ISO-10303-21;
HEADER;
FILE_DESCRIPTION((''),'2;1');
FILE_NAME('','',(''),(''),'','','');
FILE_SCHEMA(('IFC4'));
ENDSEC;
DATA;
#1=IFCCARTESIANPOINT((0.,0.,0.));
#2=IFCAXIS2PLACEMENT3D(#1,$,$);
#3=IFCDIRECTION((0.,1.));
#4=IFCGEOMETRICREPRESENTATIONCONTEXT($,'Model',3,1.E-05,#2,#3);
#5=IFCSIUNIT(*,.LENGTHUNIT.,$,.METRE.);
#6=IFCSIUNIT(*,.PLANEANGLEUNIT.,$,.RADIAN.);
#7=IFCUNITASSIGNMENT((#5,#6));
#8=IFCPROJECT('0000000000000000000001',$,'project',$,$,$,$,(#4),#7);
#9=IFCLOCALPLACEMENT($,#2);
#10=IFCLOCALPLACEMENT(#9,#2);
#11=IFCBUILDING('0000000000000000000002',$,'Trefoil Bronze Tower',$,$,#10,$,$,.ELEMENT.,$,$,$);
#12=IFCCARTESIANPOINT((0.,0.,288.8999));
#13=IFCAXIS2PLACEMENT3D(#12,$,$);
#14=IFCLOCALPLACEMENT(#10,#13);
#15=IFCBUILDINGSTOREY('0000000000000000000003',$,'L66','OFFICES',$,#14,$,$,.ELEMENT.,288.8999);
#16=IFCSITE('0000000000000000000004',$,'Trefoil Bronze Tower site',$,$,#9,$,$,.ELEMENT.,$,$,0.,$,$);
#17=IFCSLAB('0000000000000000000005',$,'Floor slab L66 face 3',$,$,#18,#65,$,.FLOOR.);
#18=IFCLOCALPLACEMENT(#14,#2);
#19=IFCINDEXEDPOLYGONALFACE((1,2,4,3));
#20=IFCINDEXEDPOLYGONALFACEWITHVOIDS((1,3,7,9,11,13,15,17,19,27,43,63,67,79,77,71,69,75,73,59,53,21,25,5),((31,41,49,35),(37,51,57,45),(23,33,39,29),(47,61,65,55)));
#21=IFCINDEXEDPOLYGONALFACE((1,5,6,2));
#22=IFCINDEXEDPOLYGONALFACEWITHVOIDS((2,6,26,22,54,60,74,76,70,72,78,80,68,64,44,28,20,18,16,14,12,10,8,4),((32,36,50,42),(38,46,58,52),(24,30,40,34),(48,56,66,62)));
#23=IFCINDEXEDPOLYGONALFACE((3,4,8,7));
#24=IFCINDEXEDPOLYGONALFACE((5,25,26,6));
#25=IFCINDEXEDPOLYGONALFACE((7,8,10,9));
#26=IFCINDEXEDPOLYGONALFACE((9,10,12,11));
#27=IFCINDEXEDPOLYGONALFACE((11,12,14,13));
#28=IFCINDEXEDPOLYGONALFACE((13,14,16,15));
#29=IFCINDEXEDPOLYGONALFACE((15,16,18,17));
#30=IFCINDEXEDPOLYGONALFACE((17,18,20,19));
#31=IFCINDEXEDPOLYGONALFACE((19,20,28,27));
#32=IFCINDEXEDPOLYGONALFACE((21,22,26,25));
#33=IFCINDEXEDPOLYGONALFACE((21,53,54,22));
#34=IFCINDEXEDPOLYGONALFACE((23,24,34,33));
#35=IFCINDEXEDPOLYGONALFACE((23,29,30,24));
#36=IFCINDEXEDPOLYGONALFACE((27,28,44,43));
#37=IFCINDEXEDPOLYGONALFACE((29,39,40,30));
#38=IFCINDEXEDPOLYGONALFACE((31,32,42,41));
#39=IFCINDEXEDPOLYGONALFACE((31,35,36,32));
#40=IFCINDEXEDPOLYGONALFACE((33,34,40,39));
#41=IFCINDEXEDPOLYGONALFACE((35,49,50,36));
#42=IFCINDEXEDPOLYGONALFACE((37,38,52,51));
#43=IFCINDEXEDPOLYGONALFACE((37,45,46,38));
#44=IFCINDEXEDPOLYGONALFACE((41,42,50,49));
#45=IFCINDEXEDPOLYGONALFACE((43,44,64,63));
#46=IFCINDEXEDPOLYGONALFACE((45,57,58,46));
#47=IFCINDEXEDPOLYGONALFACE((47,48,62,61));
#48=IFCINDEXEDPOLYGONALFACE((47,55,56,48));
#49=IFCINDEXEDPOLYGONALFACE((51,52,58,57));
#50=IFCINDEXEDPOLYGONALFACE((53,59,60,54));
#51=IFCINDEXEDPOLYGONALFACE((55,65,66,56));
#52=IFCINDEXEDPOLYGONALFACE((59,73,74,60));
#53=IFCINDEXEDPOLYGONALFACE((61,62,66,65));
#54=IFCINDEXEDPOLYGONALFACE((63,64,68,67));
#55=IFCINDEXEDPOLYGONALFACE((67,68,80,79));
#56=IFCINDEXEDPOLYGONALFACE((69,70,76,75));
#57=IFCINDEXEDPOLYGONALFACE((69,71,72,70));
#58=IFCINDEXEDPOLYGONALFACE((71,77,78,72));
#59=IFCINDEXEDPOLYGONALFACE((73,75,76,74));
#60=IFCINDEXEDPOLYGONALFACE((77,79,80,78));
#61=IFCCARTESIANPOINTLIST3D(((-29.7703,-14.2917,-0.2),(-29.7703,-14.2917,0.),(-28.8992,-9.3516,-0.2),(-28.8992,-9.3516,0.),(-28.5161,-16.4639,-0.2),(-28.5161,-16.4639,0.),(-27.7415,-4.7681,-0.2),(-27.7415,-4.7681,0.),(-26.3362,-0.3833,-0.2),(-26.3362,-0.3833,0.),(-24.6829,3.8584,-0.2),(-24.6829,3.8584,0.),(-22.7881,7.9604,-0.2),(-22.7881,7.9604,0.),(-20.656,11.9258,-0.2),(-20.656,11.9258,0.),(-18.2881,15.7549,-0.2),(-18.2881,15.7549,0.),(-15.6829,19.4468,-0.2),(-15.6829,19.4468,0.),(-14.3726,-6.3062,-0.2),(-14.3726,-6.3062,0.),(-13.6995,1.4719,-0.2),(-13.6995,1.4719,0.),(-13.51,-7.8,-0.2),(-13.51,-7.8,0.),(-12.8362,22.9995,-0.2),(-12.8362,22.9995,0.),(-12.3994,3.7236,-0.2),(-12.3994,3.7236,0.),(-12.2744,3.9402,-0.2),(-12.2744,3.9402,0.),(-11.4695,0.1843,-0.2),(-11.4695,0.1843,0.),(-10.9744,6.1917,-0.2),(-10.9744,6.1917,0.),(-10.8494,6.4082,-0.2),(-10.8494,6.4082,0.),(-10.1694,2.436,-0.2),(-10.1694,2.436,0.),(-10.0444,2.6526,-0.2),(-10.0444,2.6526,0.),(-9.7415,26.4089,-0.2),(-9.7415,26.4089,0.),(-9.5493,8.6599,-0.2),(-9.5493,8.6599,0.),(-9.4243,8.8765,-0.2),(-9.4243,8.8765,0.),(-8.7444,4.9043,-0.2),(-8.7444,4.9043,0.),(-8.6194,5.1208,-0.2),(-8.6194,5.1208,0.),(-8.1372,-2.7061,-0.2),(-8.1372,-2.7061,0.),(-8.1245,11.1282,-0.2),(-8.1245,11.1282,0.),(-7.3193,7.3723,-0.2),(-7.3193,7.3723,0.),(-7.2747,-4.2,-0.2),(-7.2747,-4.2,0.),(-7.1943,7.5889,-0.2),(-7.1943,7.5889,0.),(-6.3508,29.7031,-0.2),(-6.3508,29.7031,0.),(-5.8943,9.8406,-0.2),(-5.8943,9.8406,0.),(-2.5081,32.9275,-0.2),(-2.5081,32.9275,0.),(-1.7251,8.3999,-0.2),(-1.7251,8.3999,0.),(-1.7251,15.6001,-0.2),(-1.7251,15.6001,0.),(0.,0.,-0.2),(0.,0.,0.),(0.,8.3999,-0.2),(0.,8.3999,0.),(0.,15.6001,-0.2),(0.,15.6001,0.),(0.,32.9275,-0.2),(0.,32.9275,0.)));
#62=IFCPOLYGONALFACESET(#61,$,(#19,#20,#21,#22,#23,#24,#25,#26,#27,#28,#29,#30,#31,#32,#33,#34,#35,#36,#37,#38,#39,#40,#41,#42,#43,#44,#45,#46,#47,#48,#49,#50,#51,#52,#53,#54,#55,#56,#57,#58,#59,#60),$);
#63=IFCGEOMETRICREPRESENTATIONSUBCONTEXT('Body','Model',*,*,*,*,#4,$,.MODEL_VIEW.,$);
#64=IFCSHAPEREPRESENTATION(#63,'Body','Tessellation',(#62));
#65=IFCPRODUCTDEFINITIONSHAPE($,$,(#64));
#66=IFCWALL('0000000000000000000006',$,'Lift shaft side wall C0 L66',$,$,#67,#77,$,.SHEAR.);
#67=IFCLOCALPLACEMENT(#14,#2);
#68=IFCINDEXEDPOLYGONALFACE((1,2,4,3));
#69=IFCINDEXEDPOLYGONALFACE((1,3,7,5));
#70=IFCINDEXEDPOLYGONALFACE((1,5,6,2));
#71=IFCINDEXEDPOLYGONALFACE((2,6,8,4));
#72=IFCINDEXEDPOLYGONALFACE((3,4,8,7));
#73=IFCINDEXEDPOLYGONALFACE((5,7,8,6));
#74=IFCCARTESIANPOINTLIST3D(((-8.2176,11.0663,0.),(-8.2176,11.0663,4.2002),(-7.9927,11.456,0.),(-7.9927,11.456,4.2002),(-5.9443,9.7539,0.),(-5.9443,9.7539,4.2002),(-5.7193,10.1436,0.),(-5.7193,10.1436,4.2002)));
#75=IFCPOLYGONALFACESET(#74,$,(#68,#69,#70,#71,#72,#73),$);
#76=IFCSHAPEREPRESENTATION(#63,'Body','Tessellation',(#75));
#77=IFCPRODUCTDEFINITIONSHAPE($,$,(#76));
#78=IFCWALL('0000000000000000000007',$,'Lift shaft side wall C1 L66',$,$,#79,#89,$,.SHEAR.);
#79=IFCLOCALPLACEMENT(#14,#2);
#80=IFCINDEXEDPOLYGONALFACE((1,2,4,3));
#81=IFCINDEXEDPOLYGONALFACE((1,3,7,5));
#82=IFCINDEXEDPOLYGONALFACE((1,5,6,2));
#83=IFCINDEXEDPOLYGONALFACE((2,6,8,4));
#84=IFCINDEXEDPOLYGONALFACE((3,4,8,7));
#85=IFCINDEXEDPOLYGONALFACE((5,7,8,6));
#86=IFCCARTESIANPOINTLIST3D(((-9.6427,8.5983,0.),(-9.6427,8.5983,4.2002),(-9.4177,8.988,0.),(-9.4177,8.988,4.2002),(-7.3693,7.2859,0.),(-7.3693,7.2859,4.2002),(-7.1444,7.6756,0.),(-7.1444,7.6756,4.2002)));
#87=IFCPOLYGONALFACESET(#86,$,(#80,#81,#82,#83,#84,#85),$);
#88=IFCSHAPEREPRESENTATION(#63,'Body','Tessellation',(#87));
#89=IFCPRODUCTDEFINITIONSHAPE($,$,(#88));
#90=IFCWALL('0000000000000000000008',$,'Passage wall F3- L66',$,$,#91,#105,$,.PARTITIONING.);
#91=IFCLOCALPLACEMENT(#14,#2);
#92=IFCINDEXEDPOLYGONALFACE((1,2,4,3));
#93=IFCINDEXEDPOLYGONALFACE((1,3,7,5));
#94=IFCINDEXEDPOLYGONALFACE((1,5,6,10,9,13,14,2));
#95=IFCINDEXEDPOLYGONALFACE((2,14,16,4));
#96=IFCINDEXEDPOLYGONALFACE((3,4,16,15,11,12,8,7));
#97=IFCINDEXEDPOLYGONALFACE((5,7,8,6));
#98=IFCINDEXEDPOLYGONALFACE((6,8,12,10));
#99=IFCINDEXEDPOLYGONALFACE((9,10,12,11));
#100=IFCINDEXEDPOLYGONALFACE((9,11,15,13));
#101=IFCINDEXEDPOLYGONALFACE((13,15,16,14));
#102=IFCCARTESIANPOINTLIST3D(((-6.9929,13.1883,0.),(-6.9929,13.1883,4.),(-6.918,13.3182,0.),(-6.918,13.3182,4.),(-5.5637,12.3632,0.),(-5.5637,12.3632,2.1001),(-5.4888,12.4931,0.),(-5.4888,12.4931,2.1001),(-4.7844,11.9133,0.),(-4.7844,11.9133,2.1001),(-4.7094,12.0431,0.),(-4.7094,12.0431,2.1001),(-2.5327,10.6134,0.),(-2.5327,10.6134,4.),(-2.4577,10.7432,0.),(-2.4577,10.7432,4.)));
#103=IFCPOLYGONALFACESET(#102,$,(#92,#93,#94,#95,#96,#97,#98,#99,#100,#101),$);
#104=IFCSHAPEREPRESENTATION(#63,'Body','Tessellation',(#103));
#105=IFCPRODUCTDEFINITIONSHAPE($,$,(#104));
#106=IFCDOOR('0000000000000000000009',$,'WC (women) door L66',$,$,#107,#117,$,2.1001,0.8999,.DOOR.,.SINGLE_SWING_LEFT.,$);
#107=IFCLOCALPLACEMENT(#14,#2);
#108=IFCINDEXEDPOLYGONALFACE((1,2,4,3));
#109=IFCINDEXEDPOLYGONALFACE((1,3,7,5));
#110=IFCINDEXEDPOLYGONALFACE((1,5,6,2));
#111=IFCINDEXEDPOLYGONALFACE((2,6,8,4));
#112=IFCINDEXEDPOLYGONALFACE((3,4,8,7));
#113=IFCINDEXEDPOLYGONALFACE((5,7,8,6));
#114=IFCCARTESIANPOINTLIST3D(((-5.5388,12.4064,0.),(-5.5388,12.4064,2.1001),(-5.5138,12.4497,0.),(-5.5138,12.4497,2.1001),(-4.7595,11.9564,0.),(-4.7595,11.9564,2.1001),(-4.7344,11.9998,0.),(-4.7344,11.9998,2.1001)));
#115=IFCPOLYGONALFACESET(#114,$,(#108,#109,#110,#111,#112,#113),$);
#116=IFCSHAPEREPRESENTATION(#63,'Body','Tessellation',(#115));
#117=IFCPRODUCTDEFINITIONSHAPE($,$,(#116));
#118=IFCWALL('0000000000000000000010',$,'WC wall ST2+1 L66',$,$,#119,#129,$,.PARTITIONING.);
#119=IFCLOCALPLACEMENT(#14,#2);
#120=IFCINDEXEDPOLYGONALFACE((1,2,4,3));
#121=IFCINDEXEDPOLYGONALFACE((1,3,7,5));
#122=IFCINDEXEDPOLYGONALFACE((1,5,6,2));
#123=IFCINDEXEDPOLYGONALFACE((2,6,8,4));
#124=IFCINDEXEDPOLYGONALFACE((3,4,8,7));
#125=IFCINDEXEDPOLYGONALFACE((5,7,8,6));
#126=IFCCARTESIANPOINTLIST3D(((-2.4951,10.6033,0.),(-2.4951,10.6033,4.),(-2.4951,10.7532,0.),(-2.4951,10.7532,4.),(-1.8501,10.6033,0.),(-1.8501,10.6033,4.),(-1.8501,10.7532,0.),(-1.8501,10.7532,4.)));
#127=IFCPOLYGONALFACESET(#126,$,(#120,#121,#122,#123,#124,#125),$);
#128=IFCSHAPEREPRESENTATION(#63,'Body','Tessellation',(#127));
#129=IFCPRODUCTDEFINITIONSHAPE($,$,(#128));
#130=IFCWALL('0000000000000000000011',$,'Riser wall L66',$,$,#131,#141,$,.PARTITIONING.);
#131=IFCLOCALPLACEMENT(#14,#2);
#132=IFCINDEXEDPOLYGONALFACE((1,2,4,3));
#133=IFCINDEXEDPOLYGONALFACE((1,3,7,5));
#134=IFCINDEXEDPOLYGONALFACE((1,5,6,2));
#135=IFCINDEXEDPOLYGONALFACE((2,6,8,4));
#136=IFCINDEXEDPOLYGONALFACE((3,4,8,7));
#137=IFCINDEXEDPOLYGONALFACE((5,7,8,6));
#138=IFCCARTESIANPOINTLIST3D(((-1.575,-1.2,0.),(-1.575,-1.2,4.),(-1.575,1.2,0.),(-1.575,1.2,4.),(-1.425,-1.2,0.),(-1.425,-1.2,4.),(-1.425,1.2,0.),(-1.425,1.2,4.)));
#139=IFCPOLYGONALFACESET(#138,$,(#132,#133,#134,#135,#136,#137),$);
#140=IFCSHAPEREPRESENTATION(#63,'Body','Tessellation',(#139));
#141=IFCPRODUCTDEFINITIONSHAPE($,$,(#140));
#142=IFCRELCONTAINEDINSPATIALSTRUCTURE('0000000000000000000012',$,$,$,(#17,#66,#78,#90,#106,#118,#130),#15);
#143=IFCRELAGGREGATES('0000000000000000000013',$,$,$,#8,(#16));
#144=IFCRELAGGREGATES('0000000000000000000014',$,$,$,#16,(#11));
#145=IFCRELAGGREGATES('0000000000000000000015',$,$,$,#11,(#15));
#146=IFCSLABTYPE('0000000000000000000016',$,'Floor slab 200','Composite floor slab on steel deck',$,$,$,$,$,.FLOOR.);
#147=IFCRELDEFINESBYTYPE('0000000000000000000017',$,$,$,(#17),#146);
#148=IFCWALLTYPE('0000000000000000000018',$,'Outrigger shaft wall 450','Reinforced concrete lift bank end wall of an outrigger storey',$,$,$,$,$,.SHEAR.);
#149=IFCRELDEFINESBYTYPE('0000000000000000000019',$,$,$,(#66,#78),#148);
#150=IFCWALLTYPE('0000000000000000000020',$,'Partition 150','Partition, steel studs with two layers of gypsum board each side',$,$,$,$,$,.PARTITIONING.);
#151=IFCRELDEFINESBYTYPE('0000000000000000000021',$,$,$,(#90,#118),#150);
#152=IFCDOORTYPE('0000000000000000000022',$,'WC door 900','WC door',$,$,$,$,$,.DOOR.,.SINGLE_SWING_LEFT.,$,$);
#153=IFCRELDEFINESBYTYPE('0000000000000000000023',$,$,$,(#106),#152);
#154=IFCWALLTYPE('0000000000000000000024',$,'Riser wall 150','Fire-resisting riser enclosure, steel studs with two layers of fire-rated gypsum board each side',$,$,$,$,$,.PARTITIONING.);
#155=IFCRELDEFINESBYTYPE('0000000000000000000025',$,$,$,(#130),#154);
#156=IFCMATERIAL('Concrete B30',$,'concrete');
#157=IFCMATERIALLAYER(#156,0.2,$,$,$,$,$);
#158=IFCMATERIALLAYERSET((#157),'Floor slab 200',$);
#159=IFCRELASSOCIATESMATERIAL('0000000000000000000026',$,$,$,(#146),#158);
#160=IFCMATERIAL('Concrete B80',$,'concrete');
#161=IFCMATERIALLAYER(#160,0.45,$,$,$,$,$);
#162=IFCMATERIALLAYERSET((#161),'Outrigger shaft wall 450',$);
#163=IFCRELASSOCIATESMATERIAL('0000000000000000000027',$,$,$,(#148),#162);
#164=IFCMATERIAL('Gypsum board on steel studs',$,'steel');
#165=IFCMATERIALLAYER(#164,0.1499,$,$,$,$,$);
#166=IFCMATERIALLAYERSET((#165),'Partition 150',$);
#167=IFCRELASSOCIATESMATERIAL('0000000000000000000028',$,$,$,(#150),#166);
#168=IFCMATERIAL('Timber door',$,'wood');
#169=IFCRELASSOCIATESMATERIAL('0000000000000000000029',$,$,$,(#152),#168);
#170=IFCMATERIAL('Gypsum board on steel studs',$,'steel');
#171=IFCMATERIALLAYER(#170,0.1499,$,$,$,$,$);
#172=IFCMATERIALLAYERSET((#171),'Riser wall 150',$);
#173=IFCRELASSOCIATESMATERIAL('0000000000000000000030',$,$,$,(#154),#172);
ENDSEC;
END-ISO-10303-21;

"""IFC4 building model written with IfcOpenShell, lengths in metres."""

from ifc_helpers import new_model, si_unit, direction, frame, frame_2d, origin, place, context, subcontext, project, spatial, polyline, rectangle, outline, extrude, material, layer, layer_set, type_object, element, fill, save


model = new_model("IFC4")

# Units and contexts
model_context = context("Model", 3, precision=1e-05, world=origin(), true_north=direction((0.0, 1.0)))
body_context = subcontext(model_context, "Body", "Model", "MODEL_VIEW")
ifc_project = project(units=[si_unit("LENGTHUNIT", "METRE"), si_unit("PLANEANGLEUNIT", "RADIAN")], contexts=[model_context])

# Site, building, storey
site_placement = place(None, origin())
site = spatial("IfcSite", under=ifc_project, at=site_placement, Name="Trefoil Bronze Tower site", CompositionType="ELEMENT", RefElevation=0.0)
building_placement = place(site_placement, origin())
building = spatial("IfcBuilding", under=site, at=building_placement, Name="Trefoil Bronze Tower", CompositionType="ELEMENT")
storey_placement = place(building_placement, frame((0.0, 0.0, 288.8999)))
storey = spatial("IfcBuildingStorey", under=building, at=storey_placement, Name="L66", Description="OFFICES", CompositionType="ELEMENT", Elevation=288.8999)

# Slab
ifc_material_1 = material(Name="Concrete B30", Category="concrete")
ifc_layer_1 = layer(ifc_material_1, 0.2)
ifc_layer_set_1 = layer_set([ifc_layer_1], Name="Floor slab 200")
slab_type = type_object("IfcSlabType", Name="Floor slab 200", Description="Composite floor slab on steel deck", PredefinedType="FLOOR", material=ifc_layer_set_1)
slab_placement = place(storey_placement, frame((0.0, 0.0, -0.2)))
element("IfcSlab", 1, at=slab_placement, inside=storey, type_object=slab_type, Name="Floor slab L66 face 3", PredefinedType="FLOOR", context=body_context, shape_type="SweptSolid", body=[
    extrude(outline(polyline([(-26.3362, -0.3833), (-24.6829, 3.8584), (-22.7881, 7.9604), (-20.656, 11.9258), (-18.2881, 15.7549), (-15.6829, 19.4468), (-12.8362, 22.9995), (-9.7415, 26.4089), (-6.3508, 29.7031), (-2.5081, 32.9275), (0.0, 32.9275), (0.0, 15.6001), (-1.7251, 15.6001), (-1.7251, 8.3999), (0.0, 8.3999), (0.0, 0.0), (-7.2747, -4.2), (-8.1372, -2.7061), (-14.3726, -6.3062), (-13.51, -7.8), (-28.5161, -16.4639), (-29.7703, -14.2917), (-28.8992, -9.3516), (-27.7415, -4.7681), (-26.3362, -0.3833)]), holes=[polyline([(-5.8943, 9.8406), (-7.1943, 7.5889), (-9.4243, 8.8765), (-8.1245, 11.1282), (-5.8943, 9.8406)]), polyline([(-7.3193, 7.3723), (-8.6194, 5.1208), (-10.8494, 6.4082), (-9.5493, 8.6599), (-7.3193, 7.3723)]), polyline([(-8.7444, 4.9043), (-10.0444, 2.6526), (-12.2744, 3.9402), (-10.9744, 6.1917), (-8.7444, 4.9043)]), polyline([(-10.1694, 2.436), (-11.4695, 0.1843), (-13.6995, 1.4719), (-12.3994, 3.7236), (-10.1694, 2.436)])]), origin(), (0.0, 0.0, 1.0), 0.2),
])

# Walls
ifc_material_2 = material(Name="Concrete B80", Category="concrete")
ifc_layer_2 = layer(ifc_material_2, 0.45)
ifc_layer_set_2 = layer_set([ifc_layer_2], Name="Outrigger shaft wall 450")
wall_type_1 = type_object("IfcWallType", Name="Outrigger shaft wall 450", Description="Reinforced concrete lift bank end wall of an outrigger storey", PredefinedType="SHEAR", material=ifc_layer_set_2)
for number, where, z_axis, x_axis, name in (
    (2, (-5.8318, 9.9487, 0.0), (0.0, 0.0, 1.0), (-0.866037, 0.49998, 0.0), "Lift shaft side wall C0 L66"),
    (3, (-7.2568, 7.4807, 0.0), (0.0, 0.0, 1.0), (-0.866037, 0.49998, 0.0), "Lift shaft side wall C1 L66"),
):
    element("IfcWall", number, at=place(storey_placement, frame(where, z_axis=z_axis, x_axis=x_axis)), inside=storey, type_object=wall_type_1, Name=name, PredefinedType="SHEAR", context=body_context, shape_type="SweptSolid", body=[
        extrude(rectangle(XDim=2.625, YDim=0.45, at=frame_2d((1.3125, 0.0))), origin(), (0.0, 0.0, 1.0), 4.2002),
    ])

# Wall, opening, door
ifc_material_3 = material(Name="Gypsum board on steel studs", Category="steel")
ifc_layer_3 = layer(ifc_material_3, 0.1499)
ifc_layer_set_3 = layer_set([ifc_layer_3], Name="Partition 150")
wall_type_2 = type_object("IfcWallType", Name="Partition 150", Description="Partition, steel studs with two layers of gypsum board each side", PredefinedType="PARTITIONING", material=ifc_layer_set_3)
wall_1_placement = place(storey_placement, frame((-2.4951, 10.6782, 0.0), z_axis=(0.0, 0.0, 1.0), x_axis=(-0.866038, 0.499978, 0.0)))
wall_1 = element("IfcWall", 4, at=wall_1_placement, inside=storey, type_object=wall_type_2, Name="Passage wall F3- L66", PredefinedType="PARTITIONING", context=body_context, shape_type="SweptSolid", body=[
    extrude(rectangle(XDim=5.1501, YDim=0.1499, at=frame_2d((2.5752, 0.0))), origin(), (0.0, 0.0, 1.0), 4.0),
])
opening_1_placement = place(wall_1_placement, frame((2.6001, 0.0, 0.0)))
opening_1 = element("IfcOpeningElement", 5, at=opening_1_placement, cuts=wall_1, PredefinedType="OPENING", context=body_context, shape_type="SweptSolid", body=[
    extrude(rectangle(XDim=0.8999, YDim=2.1001, at=frame_2d((0.45, 1.05))), frame((0.0, 0.085, 0.0), z_axis=(0.0, -1.0, 0.0), x_axis=(1.0, 0.0, 0.0)), (0.0, 0.0, 1.0), 0.1699),
])
ifc_material_4 = material(Name="Timber door", Category="wood")
door_type_1 = type_object("IfcDoorType", Name="WC door 900", Description="WC door", OperationType="SINGLE_SWING_LEFT", PredefinedType="DOOR", material=ifc_material_4)
door_1_placement = place(opening_1_placement, frame((0.8999, 0.0, 0.0), z_axis=(0.0, 0.0, 1.0), x_axis=(-1.0, 0.0, 0.0)))
door_1 = element("IfcDoor", 6, at=door_1_placement, inside=storey, type_object=door_type_1, Name="WC (women) door L66", OperationType="SINGLE_SWING_LEFT", OverallHeight=2.1001, OverallWidth=0.8999, PredefinedType="DOOR", context=body_context, shape_type="SweptSolid", body=[
    extrude(rectangle(XDim=0.8999, YDim=2.1001, at=frame_2d((0.45, 1.05))), frame((0.0, 0.0249, 0.0), z_axis=(0.0, -1.0, 0.0), x_axis=(1.0, 0.0, 0.0)), (0.0, 0.0, 1.0), 0.05),
])
fill(opening_1, door_1)

# Walls
wall_2_placement = place(storey_placement, frame((-2.4951, 10.6782, 0.0), z_axis=(0.0, 0.0, 1.0), x_axis=(1.0, 0.0, 0.0)))
element("IfcWall", 7, at=wall_2_placement, inside=storey, type_object=wall_type_2, Name="WC wall ST2+1 L66", PredefinedType="PARTITIONING", context=body_context, shape_type="SweptSolid", body=[
    extrude(rectangle(XDim=0.645, YDim=0.1499, at=frame_2d((0.3225, 0.0))), origin(), (0.0, 0.0, 1.0), 4.0),
])
ifc_material_5 = material(Name="Gypsum board on steel studs", Category="steel")
ifc_layer_4 = layer(ifc_material_5, 0.1499)
ifc_layer_set_4 = layer_set([ifc_layer_4], Name="Riser wall 150")
wall_type_3 = type_object("IfcWallType", Name="Riser wall 150", Description="Fire-resisting riser enclosure, steel studs with two layers of fire-rated gypsum board each side", PredefinedType="PARTITIONING", material=ifc_layer_set_4)
wall_3_placement = place(storey_placement, frame((-1.5, 1.2, 0.0), z_axis=(0.0, 0.0, 1.0), x_axis=(0.0, -1.0, 0.0)))
element("IfcWall", 8, at=wall_3_placement, inside=storey, type_object=wall_type_3, Name="Riser wall L66", PredefinedType="PARTITIONING", context=body_context, shape_type="SweptSolid", body=[
    extrude(rectangle(XDim=2.3999, YDim=0.1499, at=frame_2d((1.2, 0.0))), origin(), (0.0, 0.0, 1.0), 4.0),
])

save(model, "model.ifc")
